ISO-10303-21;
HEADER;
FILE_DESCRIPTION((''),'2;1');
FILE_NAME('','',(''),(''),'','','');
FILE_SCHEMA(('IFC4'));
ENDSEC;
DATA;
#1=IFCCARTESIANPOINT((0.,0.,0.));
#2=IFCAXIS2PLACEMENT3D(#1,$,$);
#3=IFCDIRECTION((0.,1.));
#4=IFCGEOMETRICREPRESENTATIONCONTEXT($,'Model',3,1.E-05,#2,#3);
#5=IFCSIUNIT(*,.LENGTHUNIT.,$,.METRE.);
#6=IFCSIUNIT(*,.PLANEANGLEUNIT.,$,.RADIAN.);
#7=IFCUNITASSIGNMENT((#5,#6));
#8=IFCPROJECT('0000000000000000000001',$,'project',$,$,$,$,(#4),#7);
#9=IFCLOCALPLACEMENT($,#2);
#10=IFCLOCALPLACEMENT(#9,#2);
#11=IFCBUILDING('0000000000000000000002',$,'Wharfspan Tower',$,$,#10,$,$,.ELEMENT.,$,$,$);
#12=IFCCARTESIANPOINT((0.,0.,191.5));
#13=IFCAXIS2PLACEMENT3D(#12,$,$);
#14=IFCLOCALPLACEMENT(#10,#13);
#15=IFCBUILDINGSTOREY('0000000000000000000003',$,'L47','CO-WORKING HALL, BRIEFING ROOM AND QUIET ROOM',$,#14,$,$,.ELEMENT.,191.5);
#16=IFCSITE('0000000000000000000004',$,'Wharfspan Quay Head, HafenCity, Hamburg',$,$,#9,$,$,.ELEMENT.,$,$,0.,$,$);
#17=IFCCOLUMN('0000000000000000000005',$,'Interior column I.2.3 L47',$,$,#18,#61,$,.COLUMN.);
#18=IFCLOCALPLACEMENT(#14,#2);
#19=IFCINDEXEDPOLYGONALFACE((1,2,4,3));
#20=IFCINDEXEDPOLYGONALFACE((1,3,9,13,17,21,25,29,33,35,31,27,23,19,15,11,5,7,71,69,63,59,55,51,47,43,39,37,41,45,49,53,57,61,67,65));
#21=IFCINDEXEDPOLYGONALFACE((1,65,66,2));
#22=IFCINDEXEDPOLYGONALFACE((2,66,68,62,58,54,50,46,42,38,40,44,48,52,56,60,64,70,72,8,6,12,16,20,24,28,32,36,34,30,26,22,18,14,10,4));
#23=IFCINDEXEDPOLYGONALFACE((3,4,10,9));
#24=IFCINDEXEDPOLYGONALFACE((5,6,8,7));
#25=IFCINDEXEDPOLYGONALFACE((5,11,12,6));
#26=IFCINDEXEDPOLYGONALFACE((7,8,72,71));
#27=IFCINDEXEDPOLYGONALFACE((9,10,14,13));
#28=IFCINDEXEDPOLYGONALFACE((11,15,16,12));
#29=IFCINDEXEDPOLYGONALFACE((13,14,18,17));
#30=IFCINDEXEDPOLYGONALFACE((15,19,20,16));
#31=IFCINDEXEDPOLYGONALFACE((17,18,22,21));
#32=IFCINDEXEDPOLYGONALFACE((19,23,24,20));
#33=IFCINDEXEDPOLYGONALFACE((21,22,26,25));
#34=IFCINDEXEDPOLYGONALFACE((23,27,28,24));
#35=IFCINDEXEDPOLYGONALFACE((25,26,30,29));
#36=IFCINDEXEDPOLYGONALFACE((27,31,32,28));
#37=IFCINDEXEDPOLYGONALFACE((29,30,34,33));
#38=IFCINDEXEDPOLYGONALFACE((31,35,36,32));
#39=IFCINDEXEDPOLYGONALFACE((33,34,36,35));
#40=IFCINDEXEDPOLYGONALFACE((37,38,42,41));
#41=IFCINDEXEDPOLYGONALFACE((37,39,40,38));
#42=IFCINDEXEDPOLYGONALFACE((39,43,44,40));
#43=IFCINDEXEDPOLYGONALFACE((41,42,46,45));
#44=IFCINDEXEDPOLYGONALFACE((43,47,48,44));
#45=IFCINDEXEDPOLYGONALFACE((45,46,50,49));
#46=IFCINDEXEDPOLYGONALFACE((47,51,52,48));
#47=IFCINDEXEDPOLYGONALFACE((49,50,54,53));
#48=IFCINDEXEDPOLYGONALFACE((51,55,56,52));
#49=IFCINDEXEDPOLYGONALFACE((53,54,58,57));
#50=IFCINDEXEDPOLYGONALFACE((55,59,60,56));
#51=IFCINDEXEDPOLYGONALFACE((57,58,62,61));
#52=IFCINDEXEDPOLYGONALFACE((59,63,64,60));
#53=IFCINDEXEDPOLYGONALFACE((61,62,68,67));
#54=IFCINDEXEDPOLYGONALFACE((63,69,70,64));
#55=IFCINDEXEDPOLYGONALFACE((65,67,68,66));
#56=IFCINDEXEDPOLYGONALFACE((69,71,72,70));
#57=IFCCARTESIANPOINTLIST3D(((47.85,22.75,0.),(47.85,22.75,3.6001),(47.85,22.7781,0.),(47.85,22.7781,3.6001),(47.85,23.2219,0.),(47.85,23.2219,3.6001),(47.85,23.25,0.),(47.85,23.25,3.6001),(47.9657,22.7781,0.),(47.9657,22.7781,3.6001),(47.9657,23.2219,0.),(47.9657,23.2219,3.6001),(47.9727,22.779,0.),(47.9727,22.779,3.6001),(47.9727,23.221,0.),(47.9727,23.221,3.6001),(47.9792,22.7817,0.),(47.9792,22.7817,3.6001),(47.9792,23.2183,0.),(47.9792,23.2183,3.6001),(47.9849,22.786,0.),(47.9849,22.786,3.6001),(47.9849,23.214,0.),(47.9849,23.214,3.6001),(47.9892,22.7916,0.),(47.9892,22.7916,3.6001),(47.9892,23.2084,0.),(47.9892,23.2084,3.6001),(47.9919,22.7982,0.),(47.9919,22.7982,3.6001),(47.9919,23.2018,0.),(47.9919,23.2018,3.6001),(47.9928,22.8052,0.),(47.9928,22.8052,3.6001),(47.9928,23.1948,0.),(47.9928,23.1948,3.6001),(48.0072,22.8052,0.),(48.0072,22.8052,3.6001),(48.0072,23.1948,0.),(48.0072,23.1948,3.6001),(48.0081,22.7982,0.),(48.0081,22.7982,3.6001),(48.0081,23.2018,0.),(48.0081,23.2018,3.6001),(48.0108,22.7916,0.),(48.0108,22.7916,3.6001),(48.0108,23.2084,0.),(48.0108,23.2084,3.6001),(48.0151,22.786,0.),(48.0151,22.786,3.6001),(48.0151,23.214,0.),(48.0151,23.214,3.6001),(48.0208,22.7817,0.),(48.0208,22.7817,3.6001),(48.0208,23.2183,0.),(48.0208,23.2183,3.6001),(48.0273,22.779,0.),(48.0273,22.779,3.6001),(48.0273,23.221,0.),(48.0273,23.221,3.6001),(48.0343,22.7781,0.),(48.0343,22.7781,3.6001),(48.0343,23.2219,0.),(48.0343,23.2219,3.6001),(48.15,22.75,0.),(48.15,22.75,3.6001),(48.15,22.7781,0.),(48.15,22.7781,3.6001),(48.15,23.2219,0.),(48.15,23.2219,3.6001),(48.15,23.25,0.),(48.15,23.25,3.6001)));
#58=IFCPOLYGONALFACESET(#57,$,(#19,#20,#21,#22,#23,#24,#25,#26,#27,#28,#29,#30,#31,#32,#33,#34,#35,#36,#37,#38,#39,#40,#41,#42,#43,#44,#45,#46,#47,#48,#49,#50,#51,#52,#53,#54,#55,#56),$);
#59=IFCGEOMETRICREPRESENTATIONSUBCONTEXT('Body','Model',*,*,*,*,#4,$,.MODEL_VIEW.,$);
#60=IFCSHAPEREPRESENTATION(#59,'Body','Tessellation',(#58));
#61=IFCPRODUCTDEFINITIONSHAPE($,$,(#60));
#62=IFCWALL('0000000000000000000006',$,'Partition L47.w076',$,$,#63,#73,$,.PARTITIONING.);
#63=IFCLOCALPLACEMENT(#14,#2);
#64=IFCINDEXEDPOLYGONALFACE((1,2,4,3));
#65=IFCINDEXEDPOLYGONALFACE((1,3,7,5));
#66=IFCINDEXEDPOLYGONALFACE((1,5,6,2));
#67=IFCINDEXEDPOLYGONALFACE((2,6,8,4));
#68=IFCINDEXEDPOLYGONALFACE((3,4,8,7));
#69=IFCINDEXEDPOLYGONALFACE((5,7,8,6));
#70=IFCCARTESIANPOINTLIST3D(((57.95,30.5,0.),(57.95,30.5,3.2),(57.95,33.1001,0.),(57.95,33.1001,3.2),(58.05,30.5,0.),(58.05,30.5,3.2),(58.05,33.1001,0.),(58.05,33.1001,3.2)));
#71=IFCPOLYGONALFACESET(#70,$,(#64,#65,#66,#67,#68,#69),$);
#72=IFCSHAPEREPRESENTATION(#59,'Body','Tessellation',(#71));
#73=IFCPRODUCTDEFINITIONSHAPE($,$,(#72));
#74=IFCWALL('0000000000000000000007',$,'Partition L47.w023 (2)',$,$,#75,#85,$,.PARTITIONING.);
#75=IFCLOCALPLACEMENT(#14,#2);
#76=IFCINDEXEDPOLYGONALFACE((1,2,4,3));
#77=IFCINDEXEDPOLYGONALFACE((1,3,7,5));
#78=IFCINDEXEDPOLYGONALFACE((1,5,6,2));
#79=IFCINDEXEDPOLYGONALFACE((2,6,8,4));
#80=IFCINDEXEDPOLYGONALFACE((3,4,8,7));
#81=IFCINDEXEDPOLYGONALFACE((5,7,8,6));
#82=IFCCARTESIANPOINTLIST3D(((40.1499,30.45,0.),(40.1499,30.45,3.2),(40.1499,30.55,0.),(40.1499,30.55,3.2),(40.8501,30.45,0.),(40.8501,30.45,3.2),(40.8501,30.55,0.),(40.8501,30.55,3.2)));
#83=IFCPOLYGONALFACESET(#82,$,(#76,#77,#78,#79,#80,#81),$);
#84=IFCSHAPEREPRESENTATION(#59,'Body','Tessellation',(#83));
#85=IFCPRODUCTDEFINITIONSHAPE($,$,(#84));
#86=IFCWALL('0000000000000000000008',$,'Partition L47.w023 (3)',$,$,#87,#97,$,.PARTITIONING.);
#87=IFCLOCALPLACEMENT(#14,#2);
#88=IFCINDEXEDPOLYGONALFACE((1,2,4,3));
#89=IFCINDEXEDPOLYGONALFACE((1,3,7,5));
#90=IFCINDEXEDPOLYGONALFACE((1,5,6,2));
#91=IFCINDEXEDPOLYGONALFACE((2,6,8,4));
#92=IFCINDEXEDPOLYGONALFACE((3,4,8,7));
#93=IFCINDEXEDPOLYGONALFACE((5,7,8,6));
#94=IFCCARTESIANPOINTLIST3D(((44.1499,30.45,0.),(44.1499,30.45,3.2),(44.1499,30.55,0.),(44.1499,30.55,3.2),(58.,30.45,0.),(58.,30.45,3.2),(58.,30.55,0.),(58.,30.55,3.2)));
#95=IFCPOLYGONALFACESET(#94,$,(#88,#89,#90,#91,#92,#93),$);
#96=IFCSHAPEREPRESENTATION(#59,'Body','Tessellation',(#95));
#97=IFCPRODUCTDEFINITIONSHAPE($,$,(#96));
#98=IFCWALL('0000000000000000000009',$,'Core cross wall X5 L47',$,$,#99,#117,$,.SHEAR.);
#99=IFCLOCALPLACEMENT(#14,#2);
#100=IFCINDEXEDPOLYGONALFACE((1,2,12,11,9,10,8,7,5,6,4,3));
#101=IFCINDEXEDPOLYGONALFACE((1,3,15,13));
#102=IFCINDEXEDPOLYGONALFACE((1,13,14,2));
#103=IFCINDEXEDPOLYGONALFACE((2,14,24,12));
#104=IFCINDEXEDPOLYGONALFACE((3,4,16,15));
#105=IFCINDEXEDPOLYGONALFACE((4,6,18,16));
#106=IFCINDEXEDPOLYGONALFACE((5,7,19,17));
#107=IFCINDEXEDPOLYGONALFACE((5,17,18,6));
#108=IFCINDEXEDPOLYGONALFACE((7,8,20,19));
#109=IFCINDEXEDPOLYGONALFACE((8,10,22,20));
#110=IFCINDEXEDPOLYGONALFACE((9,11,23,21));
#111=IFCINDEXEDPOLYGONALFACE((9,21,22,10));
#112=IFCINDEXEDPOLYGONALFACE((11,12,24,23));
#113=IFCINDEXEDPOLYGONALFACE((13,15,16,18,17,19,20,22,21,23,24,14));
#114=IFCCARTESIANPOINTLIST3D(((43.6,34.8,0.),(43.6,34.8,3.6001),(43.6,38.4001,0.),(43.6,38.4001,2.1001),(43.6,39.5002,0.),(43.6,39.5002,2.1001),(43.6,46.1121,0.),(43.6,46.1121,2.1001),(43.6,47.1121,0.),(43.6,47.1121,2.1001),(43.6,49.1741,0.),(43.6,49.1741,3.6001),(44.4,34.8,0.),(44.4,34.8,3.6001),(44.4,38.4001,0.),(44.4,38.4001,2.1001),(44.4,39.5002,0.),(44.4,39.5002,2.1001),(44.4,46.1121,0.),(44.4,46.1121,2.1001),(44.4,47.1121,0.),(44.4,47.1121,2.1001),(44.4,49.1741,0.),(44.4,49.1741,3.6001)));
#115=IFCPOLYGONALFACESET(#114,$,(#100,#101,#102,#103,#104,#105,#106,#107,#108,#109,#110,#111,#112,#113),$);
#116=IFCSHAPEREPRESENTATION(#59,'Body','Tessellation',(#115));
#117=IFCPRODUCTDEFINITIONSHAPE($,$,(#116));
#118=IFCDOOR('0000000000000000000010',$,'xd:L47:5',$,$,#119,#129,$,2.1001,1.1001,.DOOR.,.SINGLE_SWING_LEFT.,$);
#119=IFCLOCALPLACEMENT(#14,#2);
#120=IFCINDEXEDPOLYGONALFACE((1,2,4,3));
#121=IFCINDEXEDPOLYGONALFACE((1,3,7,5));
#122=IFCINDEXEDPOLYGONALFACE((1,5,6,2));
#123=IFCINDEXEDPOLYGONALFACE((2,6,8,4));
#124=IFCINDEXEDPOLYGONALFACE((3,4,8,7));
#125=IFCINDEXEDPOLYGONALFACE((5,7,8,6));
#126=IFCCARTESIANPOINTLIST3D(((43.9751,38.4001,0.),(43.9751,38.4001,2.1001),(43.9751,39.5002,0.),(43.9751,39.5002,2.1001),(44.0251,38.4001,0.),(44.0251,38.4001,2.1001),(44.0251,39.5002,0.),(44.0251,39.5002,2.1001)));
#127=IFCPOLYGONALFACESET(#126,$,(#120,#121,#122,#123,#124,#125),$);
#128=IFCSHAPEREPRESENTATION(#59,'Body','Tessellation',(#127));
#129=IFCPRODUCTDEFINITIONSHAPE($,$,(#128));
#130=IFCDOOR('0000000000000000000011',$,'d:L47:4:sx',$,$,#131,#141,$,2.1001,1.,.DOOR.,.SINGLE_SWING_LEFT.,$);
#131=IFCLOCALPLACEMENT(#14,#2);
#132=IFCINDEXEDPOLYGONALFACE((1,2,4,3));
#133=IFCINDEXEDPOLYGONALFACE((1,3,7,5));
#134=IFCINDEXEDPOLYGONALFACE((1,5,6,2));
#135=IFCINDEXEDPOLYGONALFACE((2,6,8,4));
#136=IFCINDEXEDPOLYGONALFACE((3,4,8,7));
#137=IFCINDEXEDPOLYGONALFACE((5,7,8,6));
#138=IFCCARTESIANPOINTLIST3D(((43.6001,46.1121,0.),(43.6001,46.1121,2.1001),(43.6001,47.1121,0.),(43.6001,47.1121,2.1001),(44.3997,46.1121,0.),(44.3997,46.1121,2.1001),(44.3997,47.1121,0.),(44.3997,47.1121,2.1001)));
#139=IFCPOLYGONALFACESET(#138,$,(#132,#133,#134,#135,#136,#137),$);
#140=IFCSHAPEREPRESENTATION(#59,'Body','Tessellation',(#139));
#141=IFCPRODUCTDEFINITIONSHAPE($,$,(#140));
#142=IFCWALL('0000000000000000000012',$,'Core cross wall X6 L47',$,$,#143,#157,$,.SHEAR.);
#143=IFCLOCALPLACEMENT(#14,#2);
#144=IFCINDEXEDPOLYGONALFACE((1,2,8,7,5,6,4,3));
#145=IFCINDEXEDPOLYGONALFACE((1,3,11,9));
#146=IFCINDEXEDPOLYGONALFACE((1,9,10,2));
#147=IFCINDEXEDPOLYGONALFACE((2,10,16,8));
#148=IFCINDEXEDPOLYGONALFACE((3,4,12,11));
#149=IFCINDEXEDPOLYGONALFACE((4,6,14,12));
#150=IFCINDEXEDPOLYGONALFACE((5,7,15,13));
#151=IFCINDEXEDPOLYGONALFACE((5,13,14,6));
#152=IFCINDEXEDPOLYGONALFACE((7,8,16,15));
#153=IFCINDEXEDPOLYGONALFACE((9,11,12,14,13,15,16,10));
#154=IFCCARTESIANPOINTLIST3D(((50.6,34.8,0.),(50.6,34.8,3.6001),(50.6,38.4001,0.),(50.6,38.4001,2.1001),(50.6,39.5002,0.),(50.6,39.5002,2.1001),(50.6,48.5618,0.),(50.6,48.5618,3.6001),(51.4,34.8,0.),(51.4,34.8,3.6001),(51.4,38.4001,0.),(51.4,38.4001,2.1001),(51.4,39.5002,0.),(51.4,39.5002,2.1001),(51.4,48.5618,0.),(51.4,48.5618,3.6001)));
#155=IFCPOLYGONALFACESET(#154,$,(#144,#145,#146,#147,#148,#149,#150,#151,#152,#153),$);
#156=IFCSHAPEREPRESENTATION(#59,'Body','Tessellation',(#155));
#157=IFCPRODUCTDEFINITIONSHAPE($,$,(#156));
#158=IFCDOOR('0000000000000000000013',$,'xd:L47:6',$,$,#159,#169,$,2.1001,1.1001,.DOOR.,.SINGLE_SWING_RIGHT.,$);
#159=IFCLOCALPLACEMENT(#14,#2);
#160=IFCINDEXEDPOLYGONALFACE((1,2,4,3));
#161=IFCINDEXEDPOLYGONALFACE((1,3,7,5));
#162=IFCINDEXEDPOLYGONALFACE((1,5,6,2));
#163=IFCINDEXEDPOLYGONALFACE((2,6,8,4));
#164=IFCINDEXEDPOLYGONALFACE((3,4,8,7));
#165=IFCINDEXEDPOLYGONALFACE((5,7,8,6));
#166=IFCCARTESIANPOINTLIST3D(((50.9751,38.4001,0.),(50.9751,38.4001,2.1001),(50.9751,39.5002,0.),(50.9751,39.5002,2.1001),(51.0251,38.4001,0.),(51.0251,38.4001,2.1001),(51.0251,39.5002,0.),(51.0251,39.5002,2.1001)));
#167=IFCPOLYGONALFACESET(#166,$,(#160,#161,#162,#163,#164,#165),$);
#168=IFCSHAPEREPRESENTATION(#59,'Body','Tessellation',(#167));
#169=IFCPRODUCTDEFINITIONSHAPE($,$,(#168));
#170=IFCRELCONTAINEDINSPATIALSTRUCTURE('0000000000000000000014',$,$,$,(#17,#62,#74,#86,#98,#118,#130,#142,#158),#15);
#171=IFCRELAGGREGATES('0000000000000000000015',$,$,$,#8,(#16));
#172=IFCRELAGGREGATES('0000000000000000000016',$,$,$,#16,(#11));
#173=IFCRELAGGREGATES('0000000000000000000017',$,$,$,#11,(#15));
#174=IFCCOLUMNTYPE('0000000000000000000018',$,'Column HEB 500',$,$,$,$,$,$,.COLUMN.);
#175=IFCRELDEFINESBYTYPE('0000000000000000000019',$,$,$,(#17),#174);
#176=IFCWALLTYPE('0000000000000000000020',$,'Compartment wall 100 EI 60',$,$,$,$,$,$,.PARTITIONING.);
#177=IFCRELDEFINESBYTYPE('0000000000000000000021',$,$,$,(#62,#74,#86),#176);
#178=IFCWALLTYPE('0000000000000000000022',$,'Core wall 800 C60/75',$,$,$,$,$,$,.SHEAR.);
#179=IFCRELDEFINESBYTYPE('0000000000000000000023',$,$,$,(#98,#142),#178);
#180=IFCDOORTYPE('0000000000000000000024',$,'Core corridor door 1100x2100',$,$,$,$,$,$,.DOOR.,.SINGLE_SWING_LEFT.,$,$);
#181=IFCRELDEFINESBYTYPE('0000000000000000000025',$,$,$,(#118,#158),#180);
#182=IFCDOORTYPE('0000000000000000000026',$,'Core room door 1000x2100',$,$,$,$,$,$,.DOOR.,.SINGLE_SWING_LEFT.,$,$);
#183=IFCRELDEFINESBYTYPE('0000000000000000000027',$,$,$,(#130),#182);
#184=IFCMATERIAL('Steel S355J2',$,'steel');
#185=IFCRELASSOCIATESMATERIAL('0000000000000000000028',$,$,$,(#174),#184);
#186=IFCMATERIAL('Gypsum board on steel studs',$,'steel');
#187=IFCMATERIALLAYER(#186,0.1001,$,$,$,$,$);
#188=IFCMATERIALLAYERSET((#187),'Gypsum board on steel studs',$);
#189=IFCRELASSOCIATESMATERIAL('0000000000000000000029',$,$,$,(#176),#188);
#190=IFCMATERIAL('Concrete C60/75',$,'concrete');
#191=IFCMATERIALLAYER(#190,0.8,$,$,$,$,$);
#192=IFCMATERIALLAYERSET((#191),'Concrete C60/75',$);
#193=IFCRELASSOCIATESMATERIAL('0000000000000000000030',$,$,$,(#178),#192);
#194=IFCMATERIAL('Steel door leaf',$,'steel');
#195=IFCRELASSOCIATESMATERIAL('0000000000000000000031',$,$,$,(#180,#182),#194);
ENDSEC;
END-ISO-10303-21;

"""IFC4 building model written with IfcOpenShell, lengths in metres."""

from ifc_helpers import new_model, si_unit, direction, frame, frame_2d, origin, origin_2d, place, context, subcontext, project, spatial, rectangle, i_section, extrude, material, layer, layer_set, material_profile, profile_set, type_object, element, fill, save


model = new_model("IFC4")

# Units and contexts
model_context = context("Model", 3, precision=1e-05, world=origin(), true_north=direction((0.0, 1.0)))
body_context = subcontext(model_context, "Body", "Model", "MODEL_VIEW")
ifc_project = project(units=[si_unit("LENGTHUNIT", "METRE"), si_unit("PLANEANGLEUNIT", "RADIAN")], contexts=[model_context])

# Site, building, storey
site_placement = place(None, origin())
site = spatial("IfcSite", under=ifc_project, at=site_placement, Name="Wharfspan Quay Head, HafenCity, Hamburg", CompositionType="ELEMENT", RefElevation=0.0)
building_placement = place(site_placement, origin())
building = spatial("IfcBuilding", under=site, at=building_placement, Name="Wharfspan Tower", CompositionType="ELEMENT")
storey_placement = place(building_placement, frame((0.0, 0.0, 191.5)))
storey = spatial("IfcBuildingStorey", under=building, at=storey_placement, Name="L47", Description="CO-WORKING HALL, BRIEFING ROOM AND QUIET ROOM", CompositionType="ELEMENT", Elevation=191.5)

# Column
ifc_material_1 = material(Name="Steel S355J2", Category="steel")
ifc_material_profile = material_profile(ifc_material_1, i_section(OverallWidth=0.3, OverallDepth=0.5, WebThickness=0.0144, FlangeThickness=0.0281, FilletRadius=0.0271, at=origin_2d()))
ifc_profile_set = profile_set([ifc_material_profile], Name="Steel S355J2")
column_type = type_object("IfcColumnType", Name="Column HEB 500", PredefinedType="COLUMN", material=ifc_profile_set)
column_placement = place(storey_placement, frame((48.0, 23.0, 0.0), z_axis=(0.0, 0.0, 1.0), x_axis=(1.0, 0.0, 0.0)))
element("IfcColumn", 1, at=column_placement, inside=storey, type_object=column_type, Name="Interior column I.2.3 L47", PredefinedType="COLUMN", context=body_context, shape_type="SweptSolid", body=[
    extrude(i_section(OverallWidth=0.3, OverallDepth=0.5, WebThickness=0.0144, FlangeThickness=0.0281, FilletRadius=0.0271, at=origin_2d()), origin(), (0.0, 0.0, 1.0), 3.6001),
])

# Walls
ifc_material_2 = material(Name="Gypsum board on steel studs", Category="steel")
ifc_layer_1 = layer(ifc_material_2, 0.1001)
ifc_layer_set_1 = layer_set([ifc_layer_1], Name="Gypsum board on steel studs")
wall_type_1 = type_object("IfcWallType", Name="Compartment wall 100 EI 60", PredefinedType="PARTITIONING", material=ifc_layer_set_1)
wall_1_placement = place(storey_placement, frame((58.0, 30.5, 0.0), z_axis=(0.0, 0.0, 1.0), x_axis=(0.0, 1.0, 0.0)))
element("IfcWall", 2, at=wall_1_placement, inside=storey, type_object=wall_type_1, Name="Partition L47.w076", PredefinedType="PARTITIONING", context=body_context, shape_type="SweptSolid", body=[
    extrude(rectangle(XDim=2.6001, YDim=0.1001, at=frame_2d((1.3, 0.0))), origin(), (0.0, 0.0, 1.0), 3.2),
])
wall_2_placement = place(storey_placement, frame((40.1499, 30.5, 0.0), z_axis=(0.0, 0.0, 1.0), x_axis=(1.0, 0.0, 0.0)))
element("IfcWall", 3, at=wall_2_placement, inside=storey, type_object=wall_type_1, Name="Partition L47.w023 (2)", PredefinedType="PARTITIONING", context=body_context, shape_type="SweptSolid", body=[
    extrude(rectangle(XDim=0.7002, YDim=0.1001, at=frame_2d((0.3501, 0.0))), origin(), (0.0, 0.0, 1.0), 3.2),
])
wall_3_placement = place(storey_placement, frame((44.1499, 30.5, 0.0), z_axis=(0.0, 0.0, 1.0), x_axis=(1.0, 0.0, 0.0)))
element("IfcWall", 4, at=wall_3_placement, inside=storey, type_object=wall_type_1, Name="Partition L47.w023 (3)", PredefinedType="PARTITIONING", context=body_context, shape_type="SweptSolid", body=[
    extrude(rectangle(XDim=13.8501, YDim=0.1001, at=frame_2d((6.925, 0.0))), origin(), (0.0, 0.0, 1.0), 3.2),
])

# Wall, openings, doors
ifc_material_3 = material(Name="Concrete C60/75", Category="concrete")
ifc_layer_2 = layer(ifc_material_3, 0.8)
ifc_layer_set_2 = layer_set([ifc_layer_2], Name="Concrete C60/75")
wall_type_2 = type_object("IfcWallType", Name="Core wall 800 C60/75", PredefinedType="SHEAR", material=ifc_layer_set_2)
wall_4_placement = place(storey_placement, frame((44.0, 34.8, 0.0), z_axis=(0.0, 0.0, 1.0), x_axis=(0.0, 1.0, 0.0)))
wall_4 = element("IfcWall", 5, at=wall_4_placement, inside=storey, type_object=wall_type_2, Name="Core cross wall X5 L47", PredefinedType="SHEAR", context=body_context, shape_type="SweptSolid", body=[
    extrude(rectangle(XDim=14.374, YDim=0.8, at=frame_2d((7.187, 0.0))), origin(), (0.0, 0.0, 1.0), 3.6001),
])
opening_1_placement = place(wall_4_placement, frame((11.312, 0.0, 0.0)))
opening_1 = element("IfcOpeningElement", 6, at=opening_1_placement, cuts=wall_4, PredefinedType="OPENING", context=body_context, shape_type="SweptSolid", body=[
    extrude(rectangle(XDim=1.0, YDim=2.1001, at=frame_2d((0.5, 1.05))), frame((0.0, 0.4099, 0.0), z_axis=(0.0, -1.0, 0.0), x_axis=(1.0, 0.0, 0.0)), (0.0, 0.0, 1.0), 0.8201),
])
opening_2_placement = place(wall_4_placement, frame((3.6001, 0.0, 0.0)))
opening_2 = element("IfcOpeningElement", 7, at=opening_2_placement, cuts=wall_4, PredefinedType="OPENING", context=body_context, shape_type="SweptSolid", body=[
    extrude(rectangle(XDim=1.1001, YDim=2.1001, at=frame_2d((0.55, 1.05))), frame((0.0, 0.4099, 0.0), z_axis=(0.0, -1.0, 0.0), x_axis=(1.0, 0.0, 0.0)), (0.0, 0.0, 1.0), 0.8201),
])
ifc_material_4 = material(Name="Steel door leaf", Category="steel")
door_type_1 = type_object("IfcDoorType", Name="Core corridor door 1100x2100", OperationType="SINGLE_SWING_LEFT", PredefinedType="DOOR", material=ifc_material_4)
door_1_placement = place(opening_2_placement, origin())
door_1 = element("IfcDoor", 8, at=door_1_placement, inside=storey, type_object=door_type_1, Name="xd:L47:5", OperationType="SINGLE_SWING_LEFT", OverallHeight=2.1001, OverallWidth=1.1001, PredefinedType="DOOR", context=body_context, shape_type="SweptSolid", body=[
    extrude(rectangle(XDim=1.1001, YDim=2.1001, at=frame_2d((0.55, 1.05))), frame((0.0, 0.0249, 0.0), z_axis=(0.0, -1.0, 0.0), x_axis=(1.0, 0.0, 0.0)), (0.0, 0.0, 1.0), 0.05),
])
fill(opening_2, door_1)
door_type_2 = type_object("IfcDoorType", Name="Core room door 1000x2100", OperationType="SINGLE_SWING_LEFT", PredefinedType="DOOR", material=ifc_material_4)
door_2_placement = place(opening_1_placement, origin())
door_2 = element("IfcDoor", 9, at=door_2_placement, inside=storey, type_object=door_type_2, Name="d:L47:4:sx", OperationType="SINGLE_SWING_LEFT", OverallHeight=2.1001, OverallWidth=1.0, PredefinedType="DOOR", context=body_context, shape_type="SweptSolid", body=[
    extrude(rectangle(XDim=1.0, YDim=2.1001, at=frame_2d((0.5, 1.05))), frame((0.0, 0.3999, 0.0), z_axis=(0.0, -1.0, 0.0), x_axis=(1.0, 0.0, 0.0)), (0.0, 0.0, 1.0), 0.7996),
])
fill(opening_1, door_2)

# Wall, opening, door
wall_5_placement = place(storey_placement, frame((51.0, 34.8, 0.0), z_axis=(0.0, 0.0, 1.0), x_axis=(0.0, 1.0, 0.0)))
wall_5 = element("IfcWall", 10, at=wall_5_placement, inside=storey, type_object=wall_type_2, Name="Core cross wall X6 L47", PredefinedType="SHEAR", context=body_context, shape_type="SweptSolid", body=[
    extrude(rectangle(XDim=13.7617, YDim=0.8, at=frame_2d((6.8809, 0.0))), origin(), (0.0, 0.0, 1.0), 3.6001),
])
opening_3_placement = place(wall_5_placement, frame((3.6001, 0.0, 0.0)))
opening_3 = element("IfcOpeningElement", 11, at=opening_3_placement, cuts=wall_5, PredefinedType="OPENING", context=body_context, shape_type="SweptSolid", body=[
    extrude(rectangle(XDim=1.1001, YDim=2.1001, at=frame_2d((0.55, 1.05))), frame((0.0, 0.4099, 0.0), z_axis=(0.0, -1.0, 0.0), x_axis=(1.0, 0.0, 0.0)), (0.0, 0.0, 1.0), 0.8201),
])
door_3_placement = place(opening_3_placement, origin())
door_3 = element("IfcDoor", 12, at=door_3_placement, inside=storey, type_object=door_type_1, Name="xd:L47:6", OperationType="SINGLE_SWING_RIGHT", OverallHeight=2.1001, OverallWidth=1.1001, PredefinedType="DOOR", context=body_context, shape_type="SweptSolid", body=[
    extrude(rectangle(XDim=1.1001, YDim=2.1001, at=frame_2d((0.55, 1.05))), frame((0.0, 0.0249, 0.0), z_axis=(0.0, -1.0, 0.0), x_axis=(1.0, 0.0, 0.0)), (0.0, 0.0, 1.0), 0.05),
])
fill(opening_3, door_3)

save(model, "model.ifc")
